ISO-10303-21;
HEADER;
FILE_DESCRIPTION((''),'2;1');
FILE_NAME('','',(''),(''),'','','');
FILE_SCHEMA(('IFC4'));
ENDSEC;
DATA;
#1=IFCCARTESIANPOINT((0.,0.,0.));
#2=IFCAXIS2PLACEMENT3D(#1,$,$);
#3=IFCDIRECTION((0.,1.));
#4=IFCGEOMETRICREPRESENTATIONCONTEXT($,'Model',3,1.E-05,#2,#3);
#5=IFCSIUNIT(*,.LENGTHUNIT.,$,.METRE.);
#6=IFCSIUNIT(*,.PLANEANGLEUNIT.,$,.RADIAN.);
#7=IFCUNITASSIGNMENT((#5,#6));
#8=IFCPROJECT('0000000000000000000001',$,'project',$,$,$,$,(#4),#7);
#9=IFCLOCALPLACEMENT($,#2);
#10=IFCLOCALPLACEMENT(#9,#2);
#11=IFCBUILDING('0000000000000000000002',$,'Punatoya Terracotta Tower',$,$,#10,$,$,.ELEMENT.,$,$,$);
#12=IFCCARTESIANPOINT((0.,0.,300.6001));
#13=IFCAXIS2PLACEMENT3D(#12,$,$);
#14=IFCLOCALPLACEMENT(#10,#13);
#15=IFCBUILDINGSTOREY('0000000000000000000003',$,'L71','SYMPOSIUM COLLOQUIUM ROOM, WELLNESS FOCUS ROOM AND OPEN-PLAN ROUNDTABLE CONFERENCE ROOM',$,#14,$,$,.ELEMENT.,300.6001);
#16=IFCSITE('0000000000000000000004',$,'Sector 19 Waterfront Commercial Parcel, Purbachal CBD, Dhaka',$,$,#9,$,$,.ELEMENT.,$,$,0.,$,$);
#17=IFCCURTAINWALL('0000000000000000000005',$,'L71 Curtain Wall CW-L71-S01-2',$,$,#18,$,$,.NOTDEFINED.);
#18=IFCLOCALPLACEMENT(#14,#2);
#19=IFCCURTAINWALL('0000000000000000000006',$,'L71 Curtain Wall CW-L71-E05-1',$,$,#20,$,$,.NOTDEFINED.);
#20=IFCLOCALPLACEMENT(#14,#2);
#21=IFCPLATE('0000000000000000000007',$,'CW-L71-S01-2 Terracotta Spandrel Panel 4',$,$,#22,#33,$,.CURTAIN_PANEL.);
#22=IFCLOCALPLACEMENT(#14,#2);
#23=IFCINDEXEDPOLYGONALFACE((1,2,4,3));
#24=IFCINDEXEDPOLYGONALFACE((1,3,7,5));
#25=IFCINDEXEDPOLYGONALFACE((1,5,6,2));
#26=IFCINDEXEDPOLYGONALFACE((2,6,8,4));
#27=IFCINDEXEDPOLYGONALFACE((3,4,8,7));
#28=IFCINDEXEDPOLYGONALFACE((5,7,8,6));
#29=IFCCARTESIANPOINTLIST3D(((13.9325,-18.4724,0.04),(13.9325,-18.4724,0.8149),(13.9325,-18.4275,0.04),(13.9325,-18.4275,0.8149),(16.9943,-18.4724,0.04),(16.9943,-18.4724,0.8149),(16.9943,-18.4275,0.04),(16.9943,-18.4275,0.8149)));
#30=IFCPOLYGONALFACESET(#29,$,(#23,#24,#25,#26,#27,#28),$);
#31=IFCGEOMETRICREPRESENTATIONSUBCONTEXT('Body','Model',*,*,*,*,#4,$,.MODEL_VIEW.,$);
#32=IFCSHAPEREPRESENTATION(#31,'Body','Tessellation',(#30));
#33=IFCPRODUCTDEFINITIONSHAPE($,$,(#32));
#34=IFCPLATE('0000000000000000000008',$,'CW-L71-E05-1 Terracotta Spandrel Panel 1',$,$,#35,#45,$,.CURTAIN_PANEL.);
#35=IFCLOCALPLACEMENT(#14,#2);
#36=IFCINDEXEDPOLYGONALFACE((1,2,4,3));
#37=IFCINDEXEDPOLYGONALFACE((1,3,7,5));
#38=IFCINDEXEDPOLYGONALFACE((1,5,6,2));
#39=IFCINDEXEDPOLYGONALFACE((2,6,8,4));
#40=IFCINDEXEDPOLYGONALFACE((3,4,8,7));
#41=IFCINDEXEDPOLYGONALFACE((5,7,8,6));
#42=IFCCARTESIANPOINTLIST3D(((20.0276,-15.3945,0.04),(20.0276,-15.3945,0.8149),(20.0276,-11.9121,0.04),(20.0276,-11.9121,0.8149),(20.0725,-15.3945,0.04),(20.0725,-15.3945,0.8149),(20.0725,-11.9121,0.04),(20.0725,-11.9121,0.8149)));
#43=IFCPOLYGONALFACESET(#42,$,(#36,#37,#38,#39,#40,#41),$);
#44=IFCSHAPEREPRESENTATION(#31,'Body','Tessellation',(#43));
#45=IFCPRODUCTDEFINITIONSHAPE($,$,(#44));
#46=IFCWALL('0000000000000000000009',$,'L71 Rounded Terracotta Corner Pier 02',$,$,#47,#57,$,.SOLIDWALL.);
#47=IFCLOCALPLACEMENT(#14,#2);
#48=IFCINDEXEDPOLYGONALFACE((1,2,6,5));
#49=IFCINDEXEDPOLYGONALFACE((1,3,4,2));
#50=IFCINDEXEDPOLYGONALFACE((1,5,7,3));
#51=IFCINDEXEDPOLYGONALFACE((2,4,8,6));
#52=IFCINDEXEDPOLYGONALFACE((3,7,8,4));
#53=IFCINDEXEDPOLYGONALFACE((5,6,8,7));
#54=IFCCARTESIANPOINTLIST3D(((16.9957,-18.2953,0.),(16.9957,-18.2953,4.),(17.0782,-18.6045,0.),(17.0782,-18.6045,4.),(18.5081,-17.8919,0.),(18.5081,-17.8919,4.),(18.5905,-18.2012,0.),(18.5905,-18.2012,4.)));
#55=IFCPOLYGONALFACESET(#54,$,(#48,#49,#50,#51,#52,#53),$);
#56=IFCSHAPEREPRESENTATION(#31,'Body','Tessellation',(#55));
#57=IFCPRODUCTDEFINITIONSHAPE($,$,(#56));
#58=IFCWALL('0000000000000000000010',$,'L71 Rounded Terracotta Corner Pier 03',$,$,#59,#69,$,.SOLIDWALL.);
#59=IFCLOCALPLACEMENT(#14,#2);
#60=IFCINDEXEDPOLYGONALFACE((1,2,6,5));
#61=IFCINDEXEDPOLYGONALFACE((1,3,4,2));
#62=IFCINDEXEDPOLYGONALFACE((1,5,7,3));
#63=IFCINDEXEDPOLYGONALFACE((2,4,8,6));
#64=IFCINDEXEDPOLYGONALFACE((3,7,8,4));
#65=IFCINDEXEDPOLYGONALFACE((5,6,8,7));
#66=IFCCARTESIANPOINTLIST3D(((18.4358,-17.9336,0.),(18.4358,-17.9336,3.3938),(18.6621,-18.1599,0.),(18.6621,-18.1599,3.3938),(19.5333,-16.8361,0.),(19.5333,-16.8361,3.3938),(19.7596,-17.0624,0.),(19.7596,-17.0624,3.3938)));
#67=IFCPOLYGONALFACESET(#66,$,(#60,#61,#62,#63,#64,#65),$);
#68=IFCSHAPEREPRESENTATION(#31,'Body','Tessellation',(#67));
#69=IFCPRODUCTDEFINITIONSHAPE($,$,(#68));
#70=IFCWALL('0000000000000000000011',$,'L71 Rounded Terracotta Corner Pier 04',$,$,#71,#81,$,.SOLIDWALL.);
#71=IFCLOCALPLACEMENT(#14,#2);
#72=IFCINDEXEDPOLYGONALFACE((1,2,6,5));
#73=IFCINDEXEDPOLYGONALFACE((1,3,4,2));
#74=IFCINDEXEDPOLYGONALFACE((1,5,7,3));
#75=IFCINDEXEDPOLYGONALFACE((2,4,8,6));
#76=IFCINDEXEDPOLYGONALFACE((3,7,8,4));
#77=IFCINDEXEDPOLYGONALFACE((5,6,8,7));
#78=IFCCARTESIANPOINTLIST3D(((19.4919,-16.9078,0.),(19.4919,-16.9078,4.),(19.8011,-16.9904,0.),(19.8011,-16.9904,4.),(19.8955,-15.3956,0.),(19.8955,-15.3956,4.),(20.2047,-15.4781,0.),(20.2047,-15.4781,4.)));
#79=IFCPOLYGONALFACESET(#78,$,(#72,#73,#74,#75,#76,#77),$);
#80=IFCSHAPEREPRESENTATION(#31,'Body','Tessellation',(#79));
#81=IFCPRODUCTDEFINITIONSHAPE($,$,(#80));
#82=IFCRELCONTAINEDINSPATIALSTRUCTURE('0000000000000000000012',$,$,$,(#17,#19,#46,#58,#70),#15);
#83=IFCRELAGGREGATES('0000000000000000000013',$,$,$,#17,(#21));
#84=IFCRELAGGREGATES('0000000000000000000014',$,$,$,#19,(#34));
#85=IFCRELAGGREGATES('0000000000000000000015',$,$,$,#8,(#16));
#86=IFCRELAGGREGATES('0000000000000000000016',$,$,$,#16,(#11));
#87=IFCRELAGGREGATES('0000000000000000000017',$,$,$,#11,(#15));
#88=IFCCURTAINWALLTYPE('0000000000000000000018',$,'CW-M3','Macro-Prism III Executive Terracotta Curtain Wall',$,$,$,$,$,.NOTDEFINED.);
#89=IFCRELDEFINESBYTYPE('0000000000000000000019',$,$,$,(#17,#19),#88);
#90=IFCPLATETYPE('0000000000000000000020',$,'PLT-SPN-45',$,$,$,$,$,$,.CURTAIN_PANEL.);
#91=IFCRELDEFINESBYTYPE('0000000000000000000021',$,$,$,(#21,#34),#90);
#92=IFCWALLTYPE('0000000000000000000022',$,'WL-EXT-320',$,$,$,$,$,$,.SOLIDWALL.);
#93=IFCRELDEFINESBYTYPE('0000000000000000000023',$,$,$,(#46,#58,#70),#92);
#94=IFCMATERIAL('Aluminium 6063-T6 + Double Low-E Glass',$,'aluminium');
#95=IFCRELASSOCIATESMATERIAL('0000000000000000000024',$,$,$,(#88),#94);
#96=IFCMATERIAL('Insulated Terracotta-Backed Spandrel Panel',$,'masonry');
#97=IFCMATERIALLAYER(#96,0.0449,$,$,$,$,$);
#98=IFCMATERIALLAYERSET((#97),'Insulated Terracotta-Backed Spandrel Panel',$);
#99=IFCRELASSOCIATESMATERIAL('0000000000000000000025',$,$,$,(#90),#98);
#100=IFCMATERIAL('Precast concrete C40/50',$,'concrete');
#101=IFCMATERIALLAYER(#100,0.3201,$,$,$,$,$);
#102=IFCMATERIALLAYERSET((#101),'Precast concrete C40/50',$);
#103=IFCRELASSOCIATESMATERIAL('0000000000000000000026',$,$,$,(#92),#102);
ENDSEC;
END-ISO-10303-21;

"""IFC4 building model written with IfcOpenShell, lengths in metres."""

from ifc_helpers import new_model, si_unit, direction, frame, frame_2d, origin, origin_2d, place, context, subcontext, project, spatial, rectangle, extrude, material, layer, layer_set, type_object, element, aggregate, save


model = new_model("IFC4")

# Units and contexts
model_context = context("Model", 3, precision=1e-05, world=origin(), true_north=direction((0.0, 1.0)))
body_context = subcontext(model_context, "Body", "Model", "MODEL_VIEW")
ifc_project = project(units=[si_unit("LENGTHUNIT", "METRE"), si_unit("PLANEANGLEUNIT", "RADIAN")], contexts=[model_context])

# Site, building, storey
site_placement = place(None, origin())
site = spatial("IfcSite", under=ifc_project, at=site_placement, Name="Sector 19 Waterfront Commercial Parcel, Purbachal CBD, Dhaka", CompositionType="ELEMENT", RefElevation=0.0)
building_placement = place(site_placement, origin())
building = spatial("IfcBuilding", under=site, at=building_placement, Name="Punatoya Terracotta Tower", CompositionType="ELEMENT")
storey_placement = place(building_placement, frame((0.0, 0.0, 300.6001)))
storey = spatial("IfcBuildingStorey", under=building, at=storey_placement, Name="L71", Description="SYMPOSIUM COLLOQUIUM ROOM, WELLNESS FOCUS ROOM AND OPEN-PLAN ROUNDTABLE CONFERENCE ROOM", CompositionType="ELEMENT", Elevation=300.6001)

# Curtain walls
ifc_material_1 = material(Name="Aluminium 6063-T6 + Double Low-E Glass", Category="aluminium")
curtain_wall_type = type_object("IfcCurtainWallType", Name="CW-M3", Description="Macro-Prism III Executive Terracotta Curtain Wall", PredefinedType="NOTDEFINED", material=ifc_material_1)
curtain_wall_1_placement = place(storey_placement, origin())
curtain_wall_1 = element("IfcCurtainWall", 1, at=curtain_wall_1_placement, inside=storey, type_object=curtain_wall_type, Name="L71 Curtain Wall CW-L71-S01-2", PredefinedType="NOTDEFINED")
curtain_wall_2_placement = place(storey_placement, origin())
curtain_wall_2 = element("IfcCurtainWall", 2, at=curtain_wall_2_placement, inside=storey, type_object=curtain_wall_type, Name="L71 Curtain Wall CW-L71-E05-1", PredefinedType="NOTDEFINED")

# Plates
ifc_material_2 = material(Name="Insulated Terracotta-Backed Spandrel Panel", Category="masonry")
ifc_layer_1 = layer(ifc_material_2, 0.0449)
ifc_layer_set_1 = layer_set([ifc_layer_1], Name="Insulated Terracotta-Backed Spandrel Panel")
plate_type_1 = type_object("IfcPlateType", Name="PLT-SPN-45", PredefinedType="CURTAIN_PANEL", material=ifc_layer_set_1)
plate_1_placement = place(storey_placement, frame((15.4634, -18.45, 0.04), z_axis=(0.0, 0.0, 1.0), x_axis=(1.0, 0.0, 0.0)))
plate_1 = element("IfcPlate", 3, at=plate_1_placement, type_object=plate_type_1, Name="CW-L71-S01-2 Terracotta Spandrel Panel 4", PredefinedType="CURTAIN_PANEL", context=body_context, shape_type="SweptSolid", body=[
    extrude(rectangle(XDim=3.0618, YDim=0.0449, at=origin_2d()), origin(), (0.0, 0.0, 1.0), 0.7749),
])
aggregate(curtain_wall_1, [plate_1])
plate_2_placement = place(storey_placement, frame((20.05, -13.6533, 0.04), z_axis=(0.0, 0.0, 1.0), x_axis=(0.0, 1.0, 0.0)))
plate_2 = element("IfcPlate", 4, at=plate_2_placement, type_object=plate_type_1, Name="CW-L71-E05-1 Terracotta Spandrel Panel 1", PredefinedType="CURTAIN_PANEL", context=body_context, shape_type="SweptSolid", body=[
    extrude(rectangle(XDim=3.4824, YDim=0.0449, at=origin_2d()), origin(), (0.0, 0.0, 1.0), 0.7749),
])
aggregate(curtain_wall_2, [plate_2])

# Walls
ifc_material_3 = material(Name="Precast concrete C40/50", Category="concrete")
ifc_layer_2 = layer(ifc_material_3, 0.3201)
ifc_layer_set_2 = layer_set([ifc_layer_2], Name="Precast concrete C40/50")
wall_type = type_object("IfcWallType", Name="WL-EXT-320", PredefinedType="SOLIDWALL", material=ifc_layer_set_2)
wall_1_placement = place(storey_placement, frame((17.0369, -18.45, 0.0), z_axis=(0.0, 0.0, 1.0), x_axis=(0.966225, 0.257701, 0.0)))
element("IfcWall", 5, at=wall_1_placement, inside=storey, type_object=wall_type, Name="L71 Rounded Terracotta Corner Pier 02", PredefinedType="SOLIDWALL", context=body_context, shape_type="SweptSolid", body=[
    extrude(rectangle(XDim=1.5652, YDim=0.3201, at=frame_2d((0.7827, 0.0))), origin(), (0.0, 0.0, 1.0), 4.0),
])
wall_2_placement = place(storey_placement, frame((18.5491, -18.0466, 0.0), z_axis=(0.0, 0.0, 1.0), x_axis=(0.707107, 0.707107, 0.0)))
element("IfcWall", 6, at=wall_2_placement, inside=storey, type_object=wall_type, Name="L71 Rounded Terracotta Corner Pier 03", PredefinedType="SOLIDWALL", context=body_context, shape_type="SweptSolid", body=[
    extrude(rectangle(XDim=1.552, YDim=0.3201, at=frame_2d((0.7759, 0.0))), origin(), (0.0, 0.0, 1.0), 3.3938),
])
wall_3_placement = place(storey_placement, frame((19.6465, -16.9492, 0.0), z_axis=(0.0, 0.0, 1.0), x_axis=(0.257847, 0.966186, 0.0)))
element("IfcWall", 7, at=wall_3_placement, inside=storey, type_object=wall_type, Name="L71 Rounded Terracotta Corner Pier 04", PredefinedType="SOLIDWALL", context=body_context, shape_type="SweptSolid", body=[
    extrude(rectangle(XDim=1.5652, YDim=0.3201, at=frame_2d((0.7827, 0.0))), origin(), (0.0, 0.0, 1.0), 4.0),
])

save(model, "model.ifc")
